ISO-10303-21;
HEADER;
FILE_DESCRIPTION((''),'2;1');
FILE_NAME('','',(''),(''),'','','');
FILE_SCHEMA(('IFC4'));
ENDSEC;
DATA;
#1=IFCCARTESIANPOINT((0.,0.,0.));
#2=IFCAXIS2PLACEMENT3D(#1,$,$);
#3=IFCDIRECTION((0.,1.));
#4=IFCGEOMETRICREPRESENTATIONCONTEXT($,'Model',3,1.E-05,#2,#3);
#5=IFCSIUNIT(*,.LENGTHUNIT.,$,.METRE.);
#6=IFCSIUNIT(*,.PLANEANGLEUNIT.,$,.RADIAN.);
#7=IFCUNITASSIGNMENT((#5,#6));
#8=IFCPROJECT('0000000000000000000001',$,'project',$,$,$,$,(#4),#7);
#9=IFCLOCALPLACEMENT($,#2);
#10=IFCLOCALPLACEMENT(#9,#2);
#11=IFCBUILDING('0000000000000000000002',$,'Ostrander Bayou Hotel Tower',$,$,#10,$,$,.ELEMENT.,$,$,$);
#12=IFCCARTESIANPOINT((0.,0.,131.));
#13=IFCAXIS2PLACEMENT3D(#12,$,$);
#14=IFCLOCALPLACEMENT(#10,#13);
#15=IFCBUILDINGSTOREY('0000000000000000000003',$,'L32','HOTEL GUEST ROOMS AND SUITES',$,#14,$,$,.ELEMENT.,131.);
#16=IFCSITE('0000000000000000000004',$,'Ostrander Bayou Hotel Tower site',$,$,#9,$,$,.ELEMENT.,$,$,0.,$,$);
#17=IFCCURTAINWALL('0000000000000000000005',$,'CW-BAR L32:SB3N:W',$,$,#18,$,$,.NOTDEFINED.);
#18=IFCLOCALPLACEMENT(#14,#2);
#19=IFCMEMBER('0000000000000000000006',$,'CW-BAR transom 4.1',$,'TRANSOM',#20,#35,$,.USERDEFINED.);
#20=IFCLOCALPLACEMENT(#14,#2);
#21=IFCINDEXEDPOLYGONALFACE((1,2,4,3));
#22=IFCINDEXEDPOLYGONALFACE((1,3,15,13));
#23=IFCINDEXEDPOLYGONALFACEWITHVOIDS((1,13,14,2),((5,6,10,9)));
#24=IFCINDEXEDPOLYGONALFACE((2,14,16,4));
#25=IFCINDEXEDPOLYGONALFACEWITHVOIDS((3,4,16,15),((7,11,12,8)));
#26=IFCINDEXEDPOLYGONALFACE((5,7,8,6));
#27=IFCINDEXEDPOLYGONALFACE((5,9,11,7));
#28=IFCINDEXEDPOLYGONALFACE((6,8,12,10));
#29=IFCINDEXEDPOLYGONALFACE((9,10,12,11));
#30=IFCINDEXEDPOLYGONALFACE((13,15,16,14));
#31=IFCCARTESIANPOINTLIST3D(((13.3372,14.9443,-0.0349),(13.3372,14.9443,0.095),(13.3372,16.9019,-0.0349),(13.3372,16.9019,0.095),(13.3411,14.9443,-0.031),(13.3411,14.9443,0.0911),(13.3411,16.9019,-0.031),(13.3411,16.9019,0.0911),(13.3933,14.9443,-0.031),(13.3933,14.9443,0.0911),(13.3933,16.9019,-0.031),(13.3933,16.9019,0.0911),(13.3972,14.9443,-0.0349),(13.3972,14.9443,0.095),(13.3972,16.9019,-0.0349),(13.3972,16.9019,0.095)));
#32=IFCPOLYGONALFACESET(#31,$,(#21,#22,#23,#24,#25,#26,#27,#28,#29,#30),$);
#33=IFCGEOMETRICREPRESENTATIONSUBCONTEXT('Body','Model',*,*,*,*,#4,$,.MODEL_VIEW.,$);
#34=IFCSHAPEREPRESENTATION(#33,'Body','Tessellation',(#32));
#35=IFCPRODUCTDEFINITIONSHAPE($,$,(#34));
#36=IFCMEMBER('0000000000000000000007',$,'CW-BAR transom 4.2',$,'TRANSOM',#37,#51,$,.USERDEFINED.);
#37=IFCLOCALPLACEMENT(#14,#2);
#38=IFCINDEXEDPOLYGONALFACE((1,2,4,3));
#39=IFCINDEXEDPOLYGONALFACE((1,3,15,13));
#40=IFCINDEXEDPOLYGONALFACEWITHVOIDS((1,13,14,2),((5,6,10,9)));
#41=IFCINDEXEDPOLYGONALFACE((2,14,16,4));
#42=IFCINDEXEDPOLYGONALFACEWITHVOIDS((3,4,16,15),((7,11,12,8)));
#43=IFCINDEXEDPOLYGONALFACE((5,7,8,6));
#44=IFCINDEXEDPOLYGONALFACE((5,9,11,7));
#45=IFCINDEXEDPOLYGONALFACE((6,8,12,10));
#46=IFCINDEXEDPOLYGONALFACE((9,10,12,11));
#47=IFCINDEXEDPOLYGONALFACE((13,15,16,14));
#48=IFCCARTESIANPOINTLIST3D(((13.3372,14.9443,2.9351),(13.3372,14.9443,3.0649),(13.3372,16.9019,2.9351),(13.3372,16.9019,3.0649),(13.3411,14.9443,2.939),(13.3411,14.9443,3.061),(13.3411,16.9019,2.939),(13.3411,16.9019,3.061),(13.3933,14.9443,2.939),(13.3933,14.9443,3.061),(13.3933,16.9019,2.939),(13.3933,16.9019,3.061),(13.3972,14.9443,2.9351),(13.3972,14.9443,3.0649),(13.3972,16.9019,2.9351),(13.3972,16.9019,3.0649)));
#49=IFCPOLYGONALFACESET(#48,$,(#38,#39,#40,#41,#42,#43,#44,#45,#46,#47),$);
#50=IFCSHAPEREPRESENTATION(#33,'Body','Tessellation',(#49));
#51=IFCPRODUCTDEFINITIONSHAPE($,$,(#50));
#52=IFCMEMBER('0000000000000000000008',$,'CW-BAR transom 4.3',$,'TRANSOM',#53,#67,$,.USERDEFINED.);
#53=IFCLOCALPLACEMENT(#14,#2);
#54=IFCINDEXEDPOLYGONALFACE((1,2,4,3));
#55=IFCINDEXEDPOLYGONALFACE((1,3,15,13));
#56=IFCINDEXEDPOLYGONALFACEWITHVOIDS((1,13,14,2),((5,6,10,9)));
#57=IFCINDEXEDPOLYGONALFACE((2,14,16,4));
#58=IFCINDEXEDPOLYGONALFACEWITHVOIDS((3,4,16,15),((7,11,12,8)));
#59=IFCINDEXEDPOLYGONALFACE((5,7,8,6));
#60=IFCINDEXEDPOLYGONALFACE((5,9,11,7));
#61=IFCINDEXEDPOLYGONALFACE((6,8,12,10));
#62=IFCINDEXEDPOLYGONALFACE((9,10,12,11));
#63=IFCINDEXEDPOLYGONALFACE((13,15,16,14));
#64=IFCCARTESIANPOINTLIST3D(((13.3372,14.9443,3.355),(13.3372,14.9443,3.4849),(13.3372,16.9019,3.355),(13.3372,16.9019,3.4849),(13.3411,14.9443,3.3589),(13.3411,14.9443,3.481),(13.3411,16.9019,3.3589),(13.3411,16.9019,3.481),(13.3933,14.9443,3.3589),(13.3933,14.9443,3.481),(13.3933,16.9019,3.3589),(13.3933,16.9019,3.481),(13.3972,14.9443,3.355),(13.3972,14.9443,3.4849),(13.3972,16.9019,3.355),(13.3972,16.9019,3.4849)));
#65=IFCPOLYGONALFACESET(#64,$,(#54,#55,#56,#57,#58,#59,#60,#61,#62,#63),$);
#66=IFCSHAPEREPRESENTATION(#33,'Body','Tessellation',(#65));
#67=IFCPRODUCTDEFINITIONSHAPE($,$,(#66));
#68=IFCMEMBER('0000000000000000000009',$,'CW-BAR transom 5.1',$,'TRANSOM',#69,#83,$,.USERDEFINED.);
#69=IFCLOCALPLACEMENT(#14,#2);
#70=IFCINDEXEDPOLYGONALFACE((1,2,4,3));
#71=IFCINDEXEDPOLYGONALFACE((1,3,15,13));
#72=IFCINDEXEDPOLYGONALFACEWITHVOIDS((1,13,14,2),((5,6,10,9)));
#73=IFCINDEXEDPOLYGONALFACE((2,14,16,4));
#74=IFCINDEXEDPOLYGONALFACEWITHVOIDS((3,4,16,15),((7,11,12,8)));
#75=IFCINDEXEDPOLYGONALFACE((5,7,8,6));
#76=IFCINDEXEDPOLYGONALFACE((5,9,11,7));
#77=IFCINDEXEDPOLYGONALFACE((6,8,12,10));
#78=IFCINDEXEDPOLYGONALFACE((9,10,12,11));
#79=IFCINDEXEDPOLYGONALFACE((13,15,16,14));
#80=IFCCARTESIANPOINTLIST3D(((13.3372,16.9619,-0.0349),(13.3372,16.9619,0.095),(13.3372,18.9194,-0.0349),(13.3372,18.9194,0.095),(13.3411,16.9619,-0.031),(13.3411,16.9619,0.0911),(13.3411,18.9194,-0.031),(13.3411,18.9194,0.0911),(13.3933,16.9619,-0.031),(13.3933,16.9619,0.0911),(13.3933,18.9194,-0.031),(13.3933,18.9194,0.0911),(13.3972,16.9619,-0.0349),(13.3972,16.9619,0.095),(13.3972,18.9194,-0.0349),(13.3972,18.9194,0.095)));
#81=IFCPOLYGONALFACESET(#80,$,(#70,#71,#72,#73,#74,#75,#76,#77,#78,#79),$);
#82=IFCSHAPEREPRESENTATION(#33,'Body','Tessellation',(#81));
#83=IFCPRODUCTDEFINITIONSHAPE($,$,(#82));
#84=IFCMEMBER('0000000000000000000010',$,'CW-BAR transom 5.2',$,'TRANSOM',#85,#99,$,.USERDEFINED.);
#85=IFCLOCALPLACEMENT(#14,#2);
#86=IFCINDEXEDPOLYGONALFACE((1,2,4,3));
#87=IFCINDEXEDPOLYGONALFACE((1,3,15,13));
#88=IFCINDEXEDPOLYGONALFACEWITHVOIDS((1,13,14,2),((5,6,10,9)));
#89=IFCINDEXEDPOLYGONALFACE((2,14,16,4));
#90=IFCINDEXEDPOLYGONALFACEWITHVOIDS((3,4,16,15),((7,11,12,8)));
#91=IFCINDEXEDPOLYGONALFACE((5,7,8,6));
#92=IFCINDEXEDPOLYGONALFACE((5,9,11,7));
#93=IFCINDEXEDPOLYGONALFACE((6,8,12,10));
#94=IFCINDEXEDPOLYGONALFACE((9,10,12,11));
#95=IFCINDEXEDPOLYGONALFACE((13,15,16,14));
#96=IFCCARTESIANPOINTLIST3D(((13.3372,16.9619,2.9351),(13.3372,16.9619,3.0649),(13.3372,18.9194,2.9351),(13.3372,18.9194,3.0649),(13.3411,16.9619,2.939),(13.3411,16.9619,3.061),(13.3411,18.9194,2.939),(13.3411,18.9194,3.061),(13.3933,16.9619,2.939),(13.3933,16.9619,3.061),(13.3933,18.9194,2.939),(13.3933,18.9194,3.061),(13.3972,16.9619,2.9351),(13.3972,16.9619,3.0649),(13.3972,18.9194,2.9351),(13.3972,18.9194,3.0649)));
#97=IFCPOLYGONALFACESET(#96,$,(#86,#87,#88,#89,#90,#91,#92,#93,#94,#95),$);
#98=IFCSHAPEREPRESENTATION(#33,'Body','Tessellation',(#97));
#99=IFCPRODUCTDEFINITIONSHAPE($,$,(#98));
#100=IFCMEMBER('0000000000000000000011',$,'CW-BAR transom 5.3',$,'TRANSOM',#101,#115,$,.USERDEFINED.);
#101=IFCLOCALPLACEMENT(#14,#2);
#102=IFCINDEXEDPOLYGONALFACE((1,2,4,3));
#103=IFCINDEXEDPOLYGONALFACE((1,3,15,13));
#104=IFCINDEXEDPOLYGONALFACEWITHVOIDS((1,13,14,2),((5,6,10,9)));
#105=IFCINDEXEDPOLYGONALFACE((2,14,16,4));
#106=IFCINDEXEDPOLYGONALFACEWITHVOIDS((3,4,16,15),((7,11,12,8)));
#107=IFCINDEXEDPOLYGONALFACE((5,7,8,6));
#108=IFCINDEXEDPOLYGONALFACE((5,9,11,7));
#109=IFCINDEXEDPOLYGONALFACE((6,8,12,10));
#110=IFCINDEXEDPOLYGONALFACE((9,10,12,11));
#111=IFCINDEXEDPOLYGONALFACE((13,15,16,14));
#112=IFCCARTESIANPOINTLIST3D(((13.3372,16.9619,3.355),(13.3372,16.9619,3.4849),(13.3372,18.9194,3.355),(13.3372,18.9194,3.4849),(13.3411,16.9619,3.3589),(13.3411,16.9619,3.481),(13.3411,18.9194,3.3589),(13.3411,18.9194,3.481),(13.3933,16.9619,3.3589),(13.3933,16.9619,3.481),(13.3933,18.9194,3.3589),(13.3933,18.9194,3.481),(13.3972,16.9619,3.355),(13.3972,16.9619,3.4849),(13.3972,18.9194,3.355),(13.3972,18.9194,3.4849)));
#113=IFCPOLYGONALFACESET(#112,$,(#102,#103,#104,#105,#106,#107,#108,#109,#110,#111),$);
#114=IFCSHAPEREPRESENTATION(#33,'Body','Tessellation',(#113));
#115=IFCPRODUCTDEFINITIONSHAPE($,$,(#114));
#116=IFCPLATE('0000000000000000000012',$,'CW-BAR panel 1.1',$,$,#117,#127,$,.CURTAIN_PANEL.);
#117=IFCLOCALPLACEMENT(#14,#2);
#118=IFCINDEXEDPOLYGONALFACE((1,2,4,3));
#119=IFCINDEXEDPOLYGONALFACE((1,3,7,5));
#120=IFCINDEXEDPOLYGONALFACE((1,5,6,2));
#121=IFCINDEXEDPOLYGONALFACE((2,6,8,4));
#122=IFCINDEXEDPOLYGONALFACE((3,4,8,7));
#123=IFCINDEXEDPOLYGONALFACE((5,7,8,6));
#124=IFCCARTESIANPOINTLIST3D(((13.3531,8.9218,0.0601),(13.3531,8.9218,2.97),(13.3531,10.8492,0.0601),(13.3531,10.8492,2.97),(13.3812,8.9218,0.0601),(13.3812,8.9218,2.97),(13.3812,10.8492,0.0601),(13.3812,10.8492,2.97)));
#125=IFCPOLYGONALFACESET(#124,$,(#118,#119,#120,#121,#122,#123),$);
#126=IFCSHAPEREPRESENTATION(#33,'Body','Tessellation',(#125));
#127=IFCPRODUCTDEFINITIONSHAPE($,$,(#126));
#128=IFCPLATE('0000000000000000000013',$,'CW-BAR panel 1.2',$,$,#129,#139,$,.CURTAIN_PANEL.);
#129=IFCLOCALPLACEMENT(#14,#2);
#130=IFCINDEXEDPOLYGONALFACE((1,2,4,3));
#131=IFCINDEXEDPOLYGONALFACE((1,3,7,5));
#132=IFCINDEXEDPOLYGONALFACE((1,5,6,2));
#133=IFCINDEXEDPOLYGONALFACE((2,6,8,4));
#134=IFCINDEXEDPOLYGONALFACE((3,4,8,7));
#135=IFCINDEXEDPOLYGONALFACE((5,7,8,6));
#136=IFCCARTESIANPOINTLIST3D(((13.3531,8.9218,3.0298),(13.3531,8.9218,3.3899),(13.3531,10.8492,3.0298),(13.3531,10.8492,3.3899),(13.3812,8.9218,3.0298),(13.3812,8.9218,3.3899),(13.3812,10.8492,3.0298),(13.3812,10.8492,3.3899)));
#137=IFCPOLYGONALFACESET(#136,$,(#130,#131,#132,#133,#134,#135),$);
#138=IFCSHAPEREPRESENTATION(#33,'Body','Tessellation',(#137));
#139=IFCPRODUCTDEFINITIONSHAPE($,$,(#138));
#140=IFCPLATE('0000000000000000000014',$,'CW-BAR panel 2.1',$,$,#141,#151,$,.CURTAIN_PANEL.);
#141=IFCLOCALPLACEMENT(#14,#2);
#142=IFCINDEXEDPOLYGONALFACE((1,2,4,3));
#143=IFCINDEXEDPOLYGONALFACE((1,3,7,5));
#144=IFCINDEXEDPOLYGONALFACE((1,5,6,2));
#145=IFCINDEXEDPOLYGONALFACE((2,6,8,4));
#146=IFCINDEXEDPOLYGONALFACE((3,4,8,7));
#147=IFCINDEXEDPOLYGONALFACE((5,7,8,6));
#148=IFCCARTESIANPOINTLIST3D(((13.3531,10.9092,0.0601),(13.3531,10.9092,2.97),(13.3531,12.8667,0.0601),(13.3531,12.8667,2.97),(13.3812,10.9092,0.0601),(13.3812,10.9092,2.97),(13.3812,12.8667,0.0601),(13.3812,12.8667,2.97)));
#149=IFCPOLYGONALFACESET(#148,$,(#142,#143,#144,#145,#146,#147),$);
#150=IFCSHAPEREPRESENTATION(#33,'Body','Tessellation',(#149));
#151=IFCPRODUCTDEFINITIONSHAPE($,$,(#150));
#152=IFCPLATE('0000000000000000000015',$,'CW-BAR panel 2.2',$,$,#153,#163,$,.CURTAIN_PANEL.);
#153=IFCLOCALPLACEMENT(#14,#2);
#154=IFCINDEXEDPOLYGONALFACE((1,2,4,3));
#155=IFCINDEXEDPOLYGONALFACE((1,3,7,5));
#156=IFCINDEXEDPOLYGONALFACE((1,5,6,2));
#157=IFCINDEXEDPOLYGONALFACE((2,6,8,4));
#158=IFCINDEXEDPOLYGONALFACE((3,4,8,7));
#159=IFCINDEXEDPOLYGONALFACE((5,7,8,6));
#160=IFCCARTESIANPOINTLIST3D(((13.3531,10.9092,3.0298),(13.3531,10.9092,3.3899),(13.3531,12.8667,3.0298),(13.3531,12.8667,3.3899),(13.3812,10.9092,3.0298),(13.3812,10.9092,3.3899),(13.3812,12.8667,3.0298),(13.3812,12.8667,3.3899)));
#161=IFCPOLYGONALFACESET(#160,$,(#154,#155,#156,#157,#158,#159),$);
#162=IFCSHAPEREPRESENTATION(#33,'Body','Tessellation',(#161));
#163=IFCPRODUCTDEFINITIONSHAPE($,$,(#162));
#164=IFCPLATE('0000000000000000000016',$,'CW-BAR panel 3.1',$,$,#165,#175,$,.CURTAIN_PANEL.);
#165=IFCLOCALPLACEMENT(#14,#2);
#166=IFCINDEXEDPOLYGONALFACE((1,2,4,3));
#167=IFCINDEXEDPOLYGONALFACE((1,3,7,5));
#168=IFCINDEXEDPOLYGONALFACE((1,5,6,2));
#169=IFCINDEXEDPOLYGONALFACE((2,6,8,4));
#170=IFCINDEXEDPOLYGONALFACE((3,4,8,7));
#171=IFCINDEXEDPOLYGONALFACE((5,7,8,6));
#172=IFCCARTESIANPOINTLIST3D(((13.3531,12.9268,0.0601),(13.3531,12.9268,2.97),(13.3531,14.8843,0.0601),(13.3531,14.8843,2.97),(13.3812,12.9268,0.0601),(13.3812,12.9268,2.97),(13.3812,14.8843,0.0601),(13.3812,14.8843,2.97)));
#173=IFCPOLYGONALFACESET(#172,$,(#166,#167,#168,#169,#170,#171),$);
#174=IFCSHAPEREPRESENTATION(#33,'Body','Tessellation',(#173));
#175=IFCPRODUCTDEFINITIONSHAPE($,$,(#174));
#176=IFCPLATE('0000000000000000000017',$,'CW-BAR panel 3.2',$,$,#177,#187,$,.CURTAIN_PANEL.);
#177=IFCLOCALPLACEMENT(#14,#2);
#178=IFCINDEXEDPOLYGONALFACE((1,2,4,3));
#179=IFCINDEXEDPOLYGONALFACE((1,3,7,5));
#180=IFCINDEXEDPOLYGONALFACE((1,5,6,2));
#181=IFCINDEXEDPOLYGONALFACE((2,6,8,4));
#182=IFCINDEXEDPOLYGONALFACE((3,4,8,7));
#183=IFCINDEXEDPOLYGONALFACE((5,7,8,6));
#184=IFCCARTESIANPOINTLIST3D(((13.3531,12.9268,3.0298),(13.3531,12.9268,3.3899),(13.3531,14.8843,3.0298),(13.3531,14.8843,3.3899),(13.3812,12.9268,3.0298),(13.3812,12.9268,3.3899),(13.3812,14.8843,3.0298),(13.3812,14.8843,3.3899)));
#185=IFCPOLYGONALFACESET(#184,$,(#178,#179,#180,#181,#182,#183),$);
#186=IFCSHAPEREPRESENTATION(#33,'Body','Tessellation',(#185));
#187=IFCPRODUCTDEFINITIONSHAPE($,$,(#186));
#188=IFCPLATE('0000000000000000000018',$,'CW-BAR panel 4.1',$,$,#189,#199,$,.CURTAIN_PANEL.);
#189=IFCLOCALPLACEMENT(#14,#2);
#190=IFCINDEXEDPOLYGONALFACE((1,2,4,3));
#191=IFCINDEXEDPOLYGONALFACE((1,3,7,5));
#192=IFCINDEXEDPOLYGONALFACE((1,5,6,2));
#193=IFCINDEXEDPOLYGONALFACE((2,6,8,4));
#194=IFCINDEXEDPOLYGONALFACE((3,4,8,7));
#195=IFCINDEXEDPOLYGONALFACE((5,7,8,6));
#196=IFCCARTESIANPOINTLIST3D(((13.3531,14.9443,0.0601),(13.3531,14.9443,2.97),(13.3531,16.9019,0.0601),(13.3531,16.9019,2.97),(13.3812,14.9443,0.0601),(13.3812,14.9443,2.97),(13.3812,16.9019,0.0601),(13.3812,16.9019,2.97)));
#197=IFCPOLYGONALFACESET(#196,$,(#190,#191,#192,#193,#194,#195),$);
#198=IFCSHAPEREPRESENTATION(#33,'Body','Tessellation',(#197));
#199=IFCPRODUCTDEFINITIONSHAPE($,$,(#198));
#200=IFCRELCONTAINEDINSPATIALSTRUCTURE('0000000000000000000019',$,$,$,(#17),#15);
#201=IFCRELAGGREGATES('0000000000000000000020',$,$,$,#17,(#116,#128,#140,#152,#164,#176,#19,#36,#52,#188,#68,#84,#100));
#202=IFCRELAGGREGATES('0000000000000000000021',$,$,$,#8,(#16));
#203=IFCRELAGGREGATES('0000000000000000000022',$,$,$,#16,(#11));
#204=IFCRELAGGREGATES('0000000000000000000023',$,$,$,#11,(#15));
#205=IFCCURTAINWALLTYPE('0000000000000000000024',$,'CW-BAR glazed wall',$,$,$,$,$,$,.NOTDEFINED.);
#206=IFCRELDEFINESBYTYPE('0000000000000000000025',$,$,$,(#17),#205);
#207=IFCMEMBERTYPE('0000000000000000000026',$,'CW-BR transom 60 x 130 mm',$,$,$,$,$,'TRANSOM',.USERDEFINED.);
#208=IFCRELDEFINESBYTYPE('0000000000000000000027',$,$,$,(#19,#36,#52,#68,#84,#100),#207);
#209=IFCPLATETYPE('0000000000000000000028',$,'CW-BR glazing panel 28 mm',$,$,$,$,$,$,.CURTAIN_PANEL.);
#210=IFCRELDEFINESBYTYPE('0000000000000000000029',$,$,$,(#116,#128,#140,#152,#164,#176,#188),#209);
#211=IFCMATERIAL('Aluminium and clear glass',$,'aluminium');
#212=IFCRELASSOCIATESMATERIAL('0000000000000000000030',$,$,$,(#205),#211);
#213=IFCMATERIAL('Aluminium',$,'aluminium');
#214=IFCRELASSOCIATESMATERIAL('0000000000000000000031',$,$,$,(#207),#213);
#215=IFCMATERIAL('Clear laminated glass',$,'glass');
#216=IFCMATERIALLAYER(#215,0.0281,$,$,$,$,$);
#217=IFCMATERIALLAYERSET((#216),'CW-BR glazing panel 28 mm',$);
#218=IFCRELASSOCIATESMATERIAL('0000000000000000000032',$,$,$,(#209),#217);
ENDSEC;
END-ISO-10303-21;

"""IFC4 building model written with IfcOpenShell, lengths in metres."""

from ifc_helpers import new_model, si_unit, direction, frame, origin, origin_2d, place, context, subcontext, project, spatial, rectangle, hollow_rectangle, extrude, material, layer, layer_set, material_profile, profile_set, type_object, element, aggregate, save


model = new_model("IFC4")

# Units and contexts
model_context = context("Model", 3, precision=1e-05, world=origin(), true_north=direction((0.0, 1.0)))
body_context = subcontext(model_context, "Body", "Model", "MODEL_VIEW")
ifc_project = project(units=[si_unit("LENGTHUNIT", "METRE"), si_unit("PLANEANGLEUNIT", "RADIAN")], contexts=[model_context])

# Site, building, storey
site_placement = place(None, origin())
site = spatial("IfcSite", under=ifc_project, at=site_placement, Name="Ostrander Bayou Hotel Tower site", CompositionType="ELEMENT", RefElevation=0.0)
building_placement = place(site_placement, origin())
building = spatial("IfcBuilding", under=site, at=building_placement, Name="Ostrander Bayou Hotel Tower", CompositionType="ELEMENT")
storey_placement = place(building_placement, frame((0.0, 0.0, 131.0)))
storey = spatial("IfcBuildingStorey", under=building, at=storey_placement, Name="L32", Description="HOTEL GUEST ROOMS AND SUITES", CompositionType="ELEMENT", Elevation=131.0)

# Curtain wall, members, plates
ifc_material_1 = material(Name="Aluminium and clear glass", Category="aluminium")
curtain_wall_type = type_object("IfcCurtainWallType", Name="CW-BAR glazed wall", PredefinedType="NOTDEFINED", material=ifc_material_1)
curtain_wall_placement = place(storey_placement, origin())
curtain_wall = element("IfcCurtainWall", 1, at=curtain_wall_placement, inside=storey, type_object=curtain_wall_type, Name="CW-BAR L32:SB3N:W", PredefinedType="NOTDEFINED")
ifc_material_2 = material(Name="Aluminium", Category="aluminium")
ifc_material_profile_1 = material_profile(ifc_material_2, hollow_rectangle(XDim=0.0601, YDim=0.1299, WallThickness=0.0039, at=origin_2d()))
ifc_profile_set_1 = profile_set([ifc_material_profile_1], Name="Aluminium")
member_type_1 = type_object("IfcMemberType", Name="CW-BR transom 60 x 130 mm", ElementType="TRANSOM", PredefinedType="USERDEFINED", material=ifc_profile_set_1)
member_1_placement = place(storey_placement, frame((13.3672, 14.9443, 0.03), z_axis=(0.0, 1.0, 0.0), x_axis=(-1.0, 0.0, 0.0)))
member_1 = element("IfcMember", 2, at=member_1_placement, type_object=member_type_1, Name="CW-BAR transom 4.1", ObjectType="TRANSOM", PredefinedType="USERDEFINED", context=body_context, shape_type="SweptSolid", body=[
    extrude(hollow_rectangle(XDim=0.0601, YDim=0.1299, WallThickness=0.0039, at=origin_2d()), origin(), (0.0, 0.0, 1.0), 1.9575),
])
member_2_placement = place(storey_placement, frame((13.3672, 14.9443, 3.0), z_axis=(0.0, 1.0, 0.0), x_axis=(-1.0, 0.0, 0.0)))
member_2 = element("IfcMember", 3, at=member_2_placement, type_object=member_type_1, Name="CW-BAR transom 4.2", ObjectType="TRANSOM", PredefinedType="USERDEFINED", context=body_context, shape_type="SweptSolid", body=[
    extrude(hollow_rectangle(XDim=0.0601, YDim=0.1299, WallThickness=0.0039, at=origin_2d()), origin(), (0.0, 0.0, 1.0), 1.9575),
])
member_3_placement = place(storey_placement, frame((13.3672, 14.9443, 3.4199), z_axis=(0.0, 1.0, 0.0), x_axis=(-1.0, 0.0, 0.0)))
member_3 = element("IfcMember", 4, at=member_3_placement, type_object=member_type_1, Name="CW-BAR transom 4.3", ObjectType="TRANSOM", PredefinedType="USERDEFINED", context=body_context, shape_type="SweptSolid", body=[
    extrude(hollow_rectangle(XDim=0.0601, YDim=0.1299, WallThickness=0.0039, at=origin_2d()), origin(), (0.0, 0.0, 1.0), 1.9575),
])
member_4_placement = place(storey_placement, frame((13.3672, 16.9619, 0.03), z_axis=(0.0, 1.0, 0.0), x_axis=(-1.0, 0.0, 0.0)))
member_4 = element("IfcMember", 5, at=member_4_placement, type_object=member_type_1, Name="CW-BAR transom 5.1", ObjectType="TRANSOM", PredefinedType="USERDEFINED", context=body_context, shape_type="SweptSolid", body=[
    extrude(hollow_rectangle(XDim=0.0601, YDim=0.1299, WallThickness=0.0039, at=origin_2d()), origin(), (0.0, 0.0, 1.0), 1.9575),
])
member_5_placement = place(storey_placement, frame((13.3672, 16.9619, 3.0), z_axis=(0.0, 1.0, 0.0), x_axis=(-1.0, 0.0, 0.0)))
member_5 = element("IfcMember", 6, at=member_5_placement, type_object=member_type_1, Name="CW-BAR transom 5.2", ObjectType="TRANSOM", PredefinedType="USERDEFINED", context=body_context, shape_type="SweptSolid", body=[
    extrude(hollow_rectangle(XDim=0.0601, YDim=0.1299, WallThickness=0.0039, at=origin_2d()), origin(), (0.0, 0.0, 1.0), 1.9575),
])
member_6_placement = place(storey_placement, frame((13.3672, 16.9619, 3.4199), z_axis=(0.0, 1.0, 0.0), x_axis=(-1.0, 0.0, 0.0)))
member_6 = element("IfcMember", 7, at=member_6_placement, type_object=member_type_1, Name="CW-BAR transom 5.3", ObjectType="TRANSOM", PredefinedType="USERDEFINED", context=body_context, shape_type="SweptSolid", body=[
    extrude(hollow_rectangle(XDim=0.0601, YDim=0.1299, WallThickness=0.0039, at=origin_2d()), origin(), (0.0, 0.0, 1.0), 1.9575),
])
ifc_material_3 = material(Name="Clear laminated glass", Category="glass")
ifc_layer_1 = layer(ifc_material_3, 0.0281)
ifc_layer_set_1 = layer_set([ifc_layer_1], Name="CW-BR glazing panel 28 mm")
plate_type = type_object("IfcPlateType", Name="CW-BR glazing panel 28 mm", PredefinedType="CURTAIN_PANEL", material=ifc_layer_set_1)
plate_1_placement = place(storey_placement, frame((13.3672, 9.8855, 0.0601), z_axis=(0.0, 0.0, 1.0), x_axis=(0.0, 1.0, 0.0)))
plate_1 = element("IfcPlate", 8, at=plate_1_placement, type_object=plate_type, Name="CW-BAR panel 1.1", PredefinedType="CURTAIN_PANEL", context=body_context, shape_type="SweptSolid", body=[
    extrude(rectangle(XDim=1.9275, YDim=0.0281, at=origin_2d()), origin(), (0.0, 0.0, 1.0), 2.9099),
])
plate_2_placement = place(storey_placement, frame((13.3672, 9.8855, 3.0298), z_axis=(0.0, 0.0, 1.0), x_axis=(0.0, 1.0, 0.0)))
plate_2 = element("IfcPlate", 9, at=plate_2_placement, type_object=plate_type, Name="CW-BAR panel 1.2", PredefinedType="CURTAIN_PANEL", context=body_context, shape_type="SweptSolid", body=[
    extrude(rectangle(XDim=1.9275, YDim=0.0281, at=origin_2d()), origin(), (0.0, 0.0, 1.0), 0.3601),
])
plate_3_placement = place(storey_placement, frame((13.3672, 11.8879, 0.0601), z_axis=(0.0, 0.0, 1.0), x_axis=(0.0, 1.0, 0.0)))
plate_3 = element("IfcPlate", 10, at=plate_3_placement, type_object=plate_type, Name="CW-BAR panel 2.1", PredefinedType="CURTAIN_PANEL", context=body_context, shape_type="SweptSolid", body=[
    extrude(rectangle(XDim=1.9575, YDim=0.0281, at=origin_2d()), origin(), (0.0, 0.0, 1.0), 2.9099),
])
plate_4_placement = place(storey_placement, frame((13.3672, 11.8879, 3.0298), z_axis=(0.0, 0.0, 1.0), x_axis=(0.0, 1.0, 0.0)))
plate_4 = element("IfcPlate", 11, at=plate_4_placement, type_object=plate_type, Name="CW-BAR panel 2.2", PredefinedType="CURTAIN_PANEL", context=body_context, shape_type="SweptSolid", body=[
    extrude(rectangle(XDim=1.9575, YDim=0.0281, at=origin_2d()), origin(), (0.0, 0.0, 1.0), 0.3601),
])
plate_5_placement = place(storey_placement, frame((13.3672, 13.9055, 0.0601), z_axis=(0.0, 0.0, 1.0), x_axis=(0.0, 1.0, 0.0)))
plate_5 = element("IfcPlate", 12, at=plate_5_placement, type_object=plate_type, Name="CW-BAR panel 3.1", PredefinedType="CURTAIN_PANEL", context=body_context, shape_type="SweptSolid", body=[
    extrude(rectangle(XDim=1.9575, YDim=0.0281, at=origin_2d()), origin(), (0.0, 0.0, 1.0), 2.9099),
])
plate_6_placement = place(storey_placement, frame((13.3672, 13.9055, 3.0298), z_axis=(0.0, 0.0, 1.0), x_axis=(0.0, 1.0, 0.0)))
plate_6 = element("IfcPlate", 13, at=plate_6_placement, type_object=plate_type, Name="CW-BAR panel 3.2", PredefinedType="CURTAIN_PANEL", context=body_context, shape_type="SweptSolid", body=[
    extrude(rectangle(XDim=1.9575, YDim=0.0281, at=origin_2d()), origin(), (0.0, 0.0, 1.0), 0.3601),
])
plate_7_placement = place(storey_placement, frame((13.3672, 15.9231, 0.0601), z_axis=(0.0, 0.0, 1.0), x_axis=(0.0, 1.0, 0.0)))
plate_7 = element("IfcPlate", 14, at=plate_7_placement, type_object=plate_type, Name="CW-BAR panel 4.1", PredefinedType="CURTAIN_PANEL", context=body_context, shape_type="SweptSolid", body=[
    extrude(rectangle(XDim=1.9575, YDim=0.0281, at=origin_2d()), origin(), (0.0, 0.0, 1.0), 2.9099),
])
aggregate(curtain_wall, [plate_1, plate_2, plate_3, plate_4, plate_5, plate_6, member_1, member_2, member_3, plate_7, member_4, member_5, member_6])

save(model, "model.ifc")
